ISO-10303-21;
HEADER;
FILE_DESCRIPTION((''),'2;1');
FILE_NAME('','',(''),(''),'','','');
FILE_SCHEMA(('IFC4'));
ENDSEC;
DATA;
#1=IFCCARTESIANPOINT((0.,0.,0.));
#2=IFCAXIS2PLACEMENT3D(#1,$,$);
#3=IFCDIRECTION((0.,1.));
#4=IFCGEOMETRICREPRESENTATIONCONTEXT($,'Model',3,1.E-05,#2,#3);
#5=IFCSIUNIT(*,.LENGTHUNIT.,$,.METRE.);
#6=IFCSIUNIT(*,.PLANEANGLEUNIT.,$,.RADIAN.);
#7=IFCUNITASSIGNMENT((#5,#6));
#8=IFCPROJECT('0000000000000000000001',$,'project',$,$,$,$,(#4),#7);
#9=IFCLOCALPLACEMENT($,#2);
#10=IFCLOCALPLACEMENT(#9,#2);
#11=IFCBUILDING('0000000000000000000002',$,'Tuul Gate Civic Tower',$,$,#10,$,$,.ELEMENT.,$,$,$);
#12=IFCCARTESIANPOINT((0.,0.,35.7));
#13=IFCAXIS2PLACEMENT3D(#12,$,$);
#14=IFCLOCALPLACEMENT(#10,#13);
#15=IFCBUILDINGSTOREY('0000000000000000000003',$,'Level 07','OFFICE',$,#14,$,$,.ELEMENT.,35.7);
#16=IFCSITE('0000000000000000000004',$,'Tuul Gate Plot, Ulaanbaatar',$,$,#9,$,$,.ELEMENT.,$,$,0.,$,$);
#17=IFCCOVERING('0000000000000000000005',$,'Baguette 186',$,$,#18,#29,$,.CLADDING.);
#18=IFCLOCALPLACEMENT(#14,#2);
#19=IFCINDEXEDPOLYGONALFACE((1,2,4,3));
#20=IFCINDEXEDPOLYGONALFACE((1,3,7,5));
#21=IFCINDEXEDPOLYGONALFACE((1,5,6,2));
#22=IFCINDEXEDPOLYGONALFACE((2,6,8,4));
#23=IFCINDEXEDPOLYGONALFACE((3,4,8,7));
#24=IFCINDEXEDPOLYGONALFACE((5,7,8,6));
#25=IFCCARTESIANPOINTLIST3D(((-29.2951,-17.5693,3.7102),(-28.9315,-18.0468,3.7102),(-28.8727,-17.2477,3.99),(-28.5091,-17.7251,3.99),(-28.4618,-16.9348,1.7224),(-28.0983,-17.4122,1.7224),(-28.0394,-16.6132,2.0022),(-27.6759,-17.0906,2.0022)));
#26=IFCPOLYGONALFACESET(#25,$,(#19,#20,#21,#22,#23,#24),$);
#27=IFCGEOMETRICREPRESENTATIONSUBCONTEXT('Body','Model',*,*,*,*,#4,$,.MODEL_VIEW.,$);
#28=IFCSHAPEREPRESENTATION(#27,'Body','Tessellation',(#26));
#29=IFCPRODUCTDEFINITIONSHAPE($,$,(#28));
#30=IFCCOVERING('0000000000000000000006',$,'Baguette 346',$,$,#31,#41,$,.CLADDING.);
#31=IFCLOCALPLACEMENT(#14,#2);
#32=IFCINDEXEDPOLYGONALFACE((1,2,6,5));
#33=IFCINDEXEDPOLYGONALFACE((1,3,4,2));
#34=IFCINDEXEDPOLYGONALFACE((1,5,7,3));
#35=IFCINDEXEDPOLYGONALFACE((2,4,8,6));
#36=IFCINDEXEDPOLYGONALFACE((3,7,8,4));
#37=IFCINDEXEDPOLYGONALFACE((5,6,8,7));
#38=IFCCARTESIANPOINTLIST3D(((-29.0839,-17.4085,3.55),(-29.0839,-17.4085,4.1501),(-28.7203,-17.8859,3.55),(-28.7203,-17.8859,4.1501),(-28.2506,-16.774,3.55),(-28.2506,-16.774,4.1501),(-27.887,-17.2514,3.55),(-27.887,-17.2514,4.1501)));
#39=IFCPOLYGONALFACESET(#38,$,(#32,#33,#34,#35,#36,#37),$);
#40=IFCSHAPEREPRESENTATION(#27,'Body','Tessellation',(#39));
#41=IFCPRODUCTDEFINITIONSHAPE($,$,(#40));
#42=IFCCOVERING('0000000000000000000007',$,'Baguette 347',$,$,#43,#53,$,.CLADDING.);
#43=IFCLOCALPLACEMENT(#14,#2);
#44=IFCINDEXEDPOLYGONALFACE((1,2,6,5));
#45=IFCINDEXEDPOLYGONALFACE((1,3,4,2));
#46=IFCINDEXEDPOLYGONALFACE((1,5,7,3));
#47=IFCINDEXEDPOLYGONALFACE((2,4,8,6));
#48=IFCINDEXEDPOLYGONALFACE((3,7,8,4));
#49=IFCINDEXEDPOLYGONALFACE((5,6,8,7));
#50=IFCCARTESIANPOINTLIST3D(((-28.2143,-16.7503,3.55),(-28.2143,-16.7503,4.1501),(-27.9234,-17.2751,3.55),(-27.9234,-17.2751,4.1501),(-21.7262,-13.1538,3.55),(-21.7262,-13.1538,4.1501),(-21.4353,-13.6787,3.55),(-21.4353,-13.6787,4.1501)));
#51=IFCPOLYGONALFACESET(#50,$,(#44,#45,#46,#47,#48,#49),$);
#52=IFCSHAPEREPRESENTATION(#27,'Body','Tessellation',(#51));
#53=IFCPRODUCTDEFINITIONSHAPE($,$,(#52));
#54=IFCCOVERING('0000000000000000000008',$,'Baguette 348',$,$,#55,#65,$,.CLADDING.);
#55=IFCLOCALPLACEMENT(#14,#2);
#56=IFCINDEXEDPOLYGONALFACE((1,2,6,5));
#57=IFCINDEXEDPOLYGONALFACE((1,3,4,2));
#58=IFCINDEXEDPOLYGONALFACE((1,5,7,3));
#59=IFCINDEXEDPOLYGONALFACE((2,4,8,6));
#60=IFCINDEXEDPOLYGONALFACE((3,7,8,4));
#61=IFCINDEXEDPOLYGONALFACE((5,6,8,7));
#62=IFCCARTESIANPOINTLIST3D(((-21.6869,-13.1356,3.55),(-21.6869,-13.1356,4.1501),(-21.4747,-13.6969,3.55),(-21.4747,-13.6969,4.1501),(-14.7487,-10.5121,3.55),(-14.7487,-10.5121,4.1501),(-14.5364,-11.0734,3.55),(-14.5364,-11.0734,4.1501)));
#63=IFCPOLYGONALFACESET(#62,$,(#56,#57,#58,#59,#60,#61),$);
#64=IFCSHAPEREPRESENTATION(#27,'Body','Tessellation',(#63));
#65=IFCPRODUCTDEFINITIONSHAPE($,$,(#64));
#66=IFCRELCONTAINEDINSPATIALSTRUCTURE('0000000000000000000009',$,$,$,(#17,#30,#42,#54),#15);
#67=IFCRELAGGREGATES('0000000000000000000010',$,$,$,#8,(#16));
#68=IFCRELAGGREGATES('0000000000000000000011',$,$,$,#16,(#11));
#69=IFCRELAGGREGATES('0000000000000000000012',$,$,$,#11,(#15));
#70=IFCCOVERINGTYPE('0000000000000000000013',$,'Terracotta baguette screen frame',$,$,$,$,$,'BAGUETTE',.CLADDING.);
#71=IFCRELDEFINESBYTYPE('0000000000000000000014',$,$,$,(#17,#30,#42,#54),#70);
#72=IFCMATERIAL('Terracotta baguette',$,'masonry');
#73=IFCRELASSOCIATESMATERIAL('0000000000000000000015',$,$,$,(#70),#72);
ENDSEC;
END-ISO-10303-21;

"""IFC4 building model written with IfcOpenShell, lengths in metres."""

from ifc_helpers import new_model, si_unit, direction, frame, origin, origin_2d, place, context, subcontext, project, spatial, rectangle, extrude, material, material_profile, profile_set, type_object, element, save


model = new_model("IFC4")

# Units and contexts
model_context = context("Model", 3, precision=1e-05, world=origin(), true_north=direction((0.0, 1.0)))
body_context = subcontext(model_context, "Body", "Model", "MODEL_VIEW")
ifc_project = project(units=[si_unit("LENGTHUNIT", "METRE"), si_unit("PLANEANGLEUNIT", "RADIAN")], contexts=[model_context])

# Site, building, storey
site_placement = place(None, origin())
site = spatial("IfcSite", under=ifc_project, at=site_placement, Name="Tuul Gate Plot, Ulaanbaatar", CompositionType="ELEMENT", RefElevation=0.0)
building_placement = place(site_placement, origin())
building = spatial("IfcBuilding", under=site, at=building_placement, Name="Tuul Gate Civic Tower", CompositionType="ELEMENT")
storey_placement = place(building_placement, frame((0.0, 0.0, 35.7)))
storey = spatial("IfcBuildingStorey", under=building, at=storey_placement, Name="Level 07", Description="OFFICE", CompositionType="ELEMENT", Elevation=35.7)

# Coverings
ifc_material_1 = material(Name="Terracotta baguette", Category="masonry")
ifc_material_profile_1 = material_profile(ifc_material_1, rectangle(XDim=0.6001, YDim=0.6001, at=origin_2d()), Name="Terracotta baguette screen frame")
ifc_profile_set_1 = profile_set([ifc_material_profile_1], Name="Terracotta baguette")
covering_type = type_object("IfcCoveringType", Name="Terracotta baguette screen frame", ElementType="BAGUETTE", PredefinedType="CLADDING", material=ifc_profile_set_1)
covering_1_placement = place(storey_placement, frame((-28.9021, -17.6472, 3.8501), z_axis=(0.370857, 0.282407, -0.88471), x_axis=(-0.60584, 0.795587, 0.0)))
element("IfcCovering", 1, at=covering_1_placement, inside=storey, type_object=covering_type, Name="Baguette 186", PredefinedType="CLADDING", context=body_context, shape_type="SweptSolid", body=[
    extrude(rectangle(XDim=0.6001, YDim=0.6001, at=origin_2d()), origin(), (0.0, 0.0, 1.0), 2.2468),
])
covering_2_placement = place(storey_placement, frame((-28.9021, -17.6472, 3.8501), z_axis=(0.795587, 0.60584, 0.0), x_axis=(-0.60584, 0.795587, 0.0)))
element("IfcCovering", 2, at=covering_2_placement, inside=storey, type_object=covering_type, Name="Baguette 346", PredefinedType="CLADDING", context=body_context, shape_type="SweptSolid", body=[
    extrude(rectangle(XDim=0.6001, YDim=0.6001, at=origin_2d()), origin(), (0.0, 0.0, 1.0), 1.0474),
])
covering_3_placement = place(storey_placement, frame((-28.0688, -17.0127, 3.8501), z_axis=(0.874616, 0.484816, 0.0), x_axis=(-0.484816, 0.874616, 0.0)))
element("IfcCovering", 3, at=covering_3_placement, inside=storey, type_object=covering_type, Name="Baguette 347", PredefinedType="CLADDING", context=body_context, shape_type="SweptSolid", body=[
    extrude(rectangle(XDim=0.6001, YDim=0.6001, at=origin_2d()), origin(), (0.0, 0.0, 1.0), 7.4182),
])
covering_4_placement = place(storey_placement, frame((-21.5808, -13.4163, 3.8501), z_axis=(0.935364, 0.353687, 0.0), x_axis=(-0.353687, 0.935364, 0.0)))
element("IfcCovering", 4, at=covering_4_placement, inside=storey, type_object=covering_type, Name="Baguette 348", PredefinedType="CLADDING", context=body_context, shape_type="SweptSolid", body=[
    extrude(rectangle(XDim=0.6001, YDim=0.6001, at=origin_2d()), origin(), (0.0, 0.0, 1.0), 7.4177),
])

save(model, "model.ifc")
